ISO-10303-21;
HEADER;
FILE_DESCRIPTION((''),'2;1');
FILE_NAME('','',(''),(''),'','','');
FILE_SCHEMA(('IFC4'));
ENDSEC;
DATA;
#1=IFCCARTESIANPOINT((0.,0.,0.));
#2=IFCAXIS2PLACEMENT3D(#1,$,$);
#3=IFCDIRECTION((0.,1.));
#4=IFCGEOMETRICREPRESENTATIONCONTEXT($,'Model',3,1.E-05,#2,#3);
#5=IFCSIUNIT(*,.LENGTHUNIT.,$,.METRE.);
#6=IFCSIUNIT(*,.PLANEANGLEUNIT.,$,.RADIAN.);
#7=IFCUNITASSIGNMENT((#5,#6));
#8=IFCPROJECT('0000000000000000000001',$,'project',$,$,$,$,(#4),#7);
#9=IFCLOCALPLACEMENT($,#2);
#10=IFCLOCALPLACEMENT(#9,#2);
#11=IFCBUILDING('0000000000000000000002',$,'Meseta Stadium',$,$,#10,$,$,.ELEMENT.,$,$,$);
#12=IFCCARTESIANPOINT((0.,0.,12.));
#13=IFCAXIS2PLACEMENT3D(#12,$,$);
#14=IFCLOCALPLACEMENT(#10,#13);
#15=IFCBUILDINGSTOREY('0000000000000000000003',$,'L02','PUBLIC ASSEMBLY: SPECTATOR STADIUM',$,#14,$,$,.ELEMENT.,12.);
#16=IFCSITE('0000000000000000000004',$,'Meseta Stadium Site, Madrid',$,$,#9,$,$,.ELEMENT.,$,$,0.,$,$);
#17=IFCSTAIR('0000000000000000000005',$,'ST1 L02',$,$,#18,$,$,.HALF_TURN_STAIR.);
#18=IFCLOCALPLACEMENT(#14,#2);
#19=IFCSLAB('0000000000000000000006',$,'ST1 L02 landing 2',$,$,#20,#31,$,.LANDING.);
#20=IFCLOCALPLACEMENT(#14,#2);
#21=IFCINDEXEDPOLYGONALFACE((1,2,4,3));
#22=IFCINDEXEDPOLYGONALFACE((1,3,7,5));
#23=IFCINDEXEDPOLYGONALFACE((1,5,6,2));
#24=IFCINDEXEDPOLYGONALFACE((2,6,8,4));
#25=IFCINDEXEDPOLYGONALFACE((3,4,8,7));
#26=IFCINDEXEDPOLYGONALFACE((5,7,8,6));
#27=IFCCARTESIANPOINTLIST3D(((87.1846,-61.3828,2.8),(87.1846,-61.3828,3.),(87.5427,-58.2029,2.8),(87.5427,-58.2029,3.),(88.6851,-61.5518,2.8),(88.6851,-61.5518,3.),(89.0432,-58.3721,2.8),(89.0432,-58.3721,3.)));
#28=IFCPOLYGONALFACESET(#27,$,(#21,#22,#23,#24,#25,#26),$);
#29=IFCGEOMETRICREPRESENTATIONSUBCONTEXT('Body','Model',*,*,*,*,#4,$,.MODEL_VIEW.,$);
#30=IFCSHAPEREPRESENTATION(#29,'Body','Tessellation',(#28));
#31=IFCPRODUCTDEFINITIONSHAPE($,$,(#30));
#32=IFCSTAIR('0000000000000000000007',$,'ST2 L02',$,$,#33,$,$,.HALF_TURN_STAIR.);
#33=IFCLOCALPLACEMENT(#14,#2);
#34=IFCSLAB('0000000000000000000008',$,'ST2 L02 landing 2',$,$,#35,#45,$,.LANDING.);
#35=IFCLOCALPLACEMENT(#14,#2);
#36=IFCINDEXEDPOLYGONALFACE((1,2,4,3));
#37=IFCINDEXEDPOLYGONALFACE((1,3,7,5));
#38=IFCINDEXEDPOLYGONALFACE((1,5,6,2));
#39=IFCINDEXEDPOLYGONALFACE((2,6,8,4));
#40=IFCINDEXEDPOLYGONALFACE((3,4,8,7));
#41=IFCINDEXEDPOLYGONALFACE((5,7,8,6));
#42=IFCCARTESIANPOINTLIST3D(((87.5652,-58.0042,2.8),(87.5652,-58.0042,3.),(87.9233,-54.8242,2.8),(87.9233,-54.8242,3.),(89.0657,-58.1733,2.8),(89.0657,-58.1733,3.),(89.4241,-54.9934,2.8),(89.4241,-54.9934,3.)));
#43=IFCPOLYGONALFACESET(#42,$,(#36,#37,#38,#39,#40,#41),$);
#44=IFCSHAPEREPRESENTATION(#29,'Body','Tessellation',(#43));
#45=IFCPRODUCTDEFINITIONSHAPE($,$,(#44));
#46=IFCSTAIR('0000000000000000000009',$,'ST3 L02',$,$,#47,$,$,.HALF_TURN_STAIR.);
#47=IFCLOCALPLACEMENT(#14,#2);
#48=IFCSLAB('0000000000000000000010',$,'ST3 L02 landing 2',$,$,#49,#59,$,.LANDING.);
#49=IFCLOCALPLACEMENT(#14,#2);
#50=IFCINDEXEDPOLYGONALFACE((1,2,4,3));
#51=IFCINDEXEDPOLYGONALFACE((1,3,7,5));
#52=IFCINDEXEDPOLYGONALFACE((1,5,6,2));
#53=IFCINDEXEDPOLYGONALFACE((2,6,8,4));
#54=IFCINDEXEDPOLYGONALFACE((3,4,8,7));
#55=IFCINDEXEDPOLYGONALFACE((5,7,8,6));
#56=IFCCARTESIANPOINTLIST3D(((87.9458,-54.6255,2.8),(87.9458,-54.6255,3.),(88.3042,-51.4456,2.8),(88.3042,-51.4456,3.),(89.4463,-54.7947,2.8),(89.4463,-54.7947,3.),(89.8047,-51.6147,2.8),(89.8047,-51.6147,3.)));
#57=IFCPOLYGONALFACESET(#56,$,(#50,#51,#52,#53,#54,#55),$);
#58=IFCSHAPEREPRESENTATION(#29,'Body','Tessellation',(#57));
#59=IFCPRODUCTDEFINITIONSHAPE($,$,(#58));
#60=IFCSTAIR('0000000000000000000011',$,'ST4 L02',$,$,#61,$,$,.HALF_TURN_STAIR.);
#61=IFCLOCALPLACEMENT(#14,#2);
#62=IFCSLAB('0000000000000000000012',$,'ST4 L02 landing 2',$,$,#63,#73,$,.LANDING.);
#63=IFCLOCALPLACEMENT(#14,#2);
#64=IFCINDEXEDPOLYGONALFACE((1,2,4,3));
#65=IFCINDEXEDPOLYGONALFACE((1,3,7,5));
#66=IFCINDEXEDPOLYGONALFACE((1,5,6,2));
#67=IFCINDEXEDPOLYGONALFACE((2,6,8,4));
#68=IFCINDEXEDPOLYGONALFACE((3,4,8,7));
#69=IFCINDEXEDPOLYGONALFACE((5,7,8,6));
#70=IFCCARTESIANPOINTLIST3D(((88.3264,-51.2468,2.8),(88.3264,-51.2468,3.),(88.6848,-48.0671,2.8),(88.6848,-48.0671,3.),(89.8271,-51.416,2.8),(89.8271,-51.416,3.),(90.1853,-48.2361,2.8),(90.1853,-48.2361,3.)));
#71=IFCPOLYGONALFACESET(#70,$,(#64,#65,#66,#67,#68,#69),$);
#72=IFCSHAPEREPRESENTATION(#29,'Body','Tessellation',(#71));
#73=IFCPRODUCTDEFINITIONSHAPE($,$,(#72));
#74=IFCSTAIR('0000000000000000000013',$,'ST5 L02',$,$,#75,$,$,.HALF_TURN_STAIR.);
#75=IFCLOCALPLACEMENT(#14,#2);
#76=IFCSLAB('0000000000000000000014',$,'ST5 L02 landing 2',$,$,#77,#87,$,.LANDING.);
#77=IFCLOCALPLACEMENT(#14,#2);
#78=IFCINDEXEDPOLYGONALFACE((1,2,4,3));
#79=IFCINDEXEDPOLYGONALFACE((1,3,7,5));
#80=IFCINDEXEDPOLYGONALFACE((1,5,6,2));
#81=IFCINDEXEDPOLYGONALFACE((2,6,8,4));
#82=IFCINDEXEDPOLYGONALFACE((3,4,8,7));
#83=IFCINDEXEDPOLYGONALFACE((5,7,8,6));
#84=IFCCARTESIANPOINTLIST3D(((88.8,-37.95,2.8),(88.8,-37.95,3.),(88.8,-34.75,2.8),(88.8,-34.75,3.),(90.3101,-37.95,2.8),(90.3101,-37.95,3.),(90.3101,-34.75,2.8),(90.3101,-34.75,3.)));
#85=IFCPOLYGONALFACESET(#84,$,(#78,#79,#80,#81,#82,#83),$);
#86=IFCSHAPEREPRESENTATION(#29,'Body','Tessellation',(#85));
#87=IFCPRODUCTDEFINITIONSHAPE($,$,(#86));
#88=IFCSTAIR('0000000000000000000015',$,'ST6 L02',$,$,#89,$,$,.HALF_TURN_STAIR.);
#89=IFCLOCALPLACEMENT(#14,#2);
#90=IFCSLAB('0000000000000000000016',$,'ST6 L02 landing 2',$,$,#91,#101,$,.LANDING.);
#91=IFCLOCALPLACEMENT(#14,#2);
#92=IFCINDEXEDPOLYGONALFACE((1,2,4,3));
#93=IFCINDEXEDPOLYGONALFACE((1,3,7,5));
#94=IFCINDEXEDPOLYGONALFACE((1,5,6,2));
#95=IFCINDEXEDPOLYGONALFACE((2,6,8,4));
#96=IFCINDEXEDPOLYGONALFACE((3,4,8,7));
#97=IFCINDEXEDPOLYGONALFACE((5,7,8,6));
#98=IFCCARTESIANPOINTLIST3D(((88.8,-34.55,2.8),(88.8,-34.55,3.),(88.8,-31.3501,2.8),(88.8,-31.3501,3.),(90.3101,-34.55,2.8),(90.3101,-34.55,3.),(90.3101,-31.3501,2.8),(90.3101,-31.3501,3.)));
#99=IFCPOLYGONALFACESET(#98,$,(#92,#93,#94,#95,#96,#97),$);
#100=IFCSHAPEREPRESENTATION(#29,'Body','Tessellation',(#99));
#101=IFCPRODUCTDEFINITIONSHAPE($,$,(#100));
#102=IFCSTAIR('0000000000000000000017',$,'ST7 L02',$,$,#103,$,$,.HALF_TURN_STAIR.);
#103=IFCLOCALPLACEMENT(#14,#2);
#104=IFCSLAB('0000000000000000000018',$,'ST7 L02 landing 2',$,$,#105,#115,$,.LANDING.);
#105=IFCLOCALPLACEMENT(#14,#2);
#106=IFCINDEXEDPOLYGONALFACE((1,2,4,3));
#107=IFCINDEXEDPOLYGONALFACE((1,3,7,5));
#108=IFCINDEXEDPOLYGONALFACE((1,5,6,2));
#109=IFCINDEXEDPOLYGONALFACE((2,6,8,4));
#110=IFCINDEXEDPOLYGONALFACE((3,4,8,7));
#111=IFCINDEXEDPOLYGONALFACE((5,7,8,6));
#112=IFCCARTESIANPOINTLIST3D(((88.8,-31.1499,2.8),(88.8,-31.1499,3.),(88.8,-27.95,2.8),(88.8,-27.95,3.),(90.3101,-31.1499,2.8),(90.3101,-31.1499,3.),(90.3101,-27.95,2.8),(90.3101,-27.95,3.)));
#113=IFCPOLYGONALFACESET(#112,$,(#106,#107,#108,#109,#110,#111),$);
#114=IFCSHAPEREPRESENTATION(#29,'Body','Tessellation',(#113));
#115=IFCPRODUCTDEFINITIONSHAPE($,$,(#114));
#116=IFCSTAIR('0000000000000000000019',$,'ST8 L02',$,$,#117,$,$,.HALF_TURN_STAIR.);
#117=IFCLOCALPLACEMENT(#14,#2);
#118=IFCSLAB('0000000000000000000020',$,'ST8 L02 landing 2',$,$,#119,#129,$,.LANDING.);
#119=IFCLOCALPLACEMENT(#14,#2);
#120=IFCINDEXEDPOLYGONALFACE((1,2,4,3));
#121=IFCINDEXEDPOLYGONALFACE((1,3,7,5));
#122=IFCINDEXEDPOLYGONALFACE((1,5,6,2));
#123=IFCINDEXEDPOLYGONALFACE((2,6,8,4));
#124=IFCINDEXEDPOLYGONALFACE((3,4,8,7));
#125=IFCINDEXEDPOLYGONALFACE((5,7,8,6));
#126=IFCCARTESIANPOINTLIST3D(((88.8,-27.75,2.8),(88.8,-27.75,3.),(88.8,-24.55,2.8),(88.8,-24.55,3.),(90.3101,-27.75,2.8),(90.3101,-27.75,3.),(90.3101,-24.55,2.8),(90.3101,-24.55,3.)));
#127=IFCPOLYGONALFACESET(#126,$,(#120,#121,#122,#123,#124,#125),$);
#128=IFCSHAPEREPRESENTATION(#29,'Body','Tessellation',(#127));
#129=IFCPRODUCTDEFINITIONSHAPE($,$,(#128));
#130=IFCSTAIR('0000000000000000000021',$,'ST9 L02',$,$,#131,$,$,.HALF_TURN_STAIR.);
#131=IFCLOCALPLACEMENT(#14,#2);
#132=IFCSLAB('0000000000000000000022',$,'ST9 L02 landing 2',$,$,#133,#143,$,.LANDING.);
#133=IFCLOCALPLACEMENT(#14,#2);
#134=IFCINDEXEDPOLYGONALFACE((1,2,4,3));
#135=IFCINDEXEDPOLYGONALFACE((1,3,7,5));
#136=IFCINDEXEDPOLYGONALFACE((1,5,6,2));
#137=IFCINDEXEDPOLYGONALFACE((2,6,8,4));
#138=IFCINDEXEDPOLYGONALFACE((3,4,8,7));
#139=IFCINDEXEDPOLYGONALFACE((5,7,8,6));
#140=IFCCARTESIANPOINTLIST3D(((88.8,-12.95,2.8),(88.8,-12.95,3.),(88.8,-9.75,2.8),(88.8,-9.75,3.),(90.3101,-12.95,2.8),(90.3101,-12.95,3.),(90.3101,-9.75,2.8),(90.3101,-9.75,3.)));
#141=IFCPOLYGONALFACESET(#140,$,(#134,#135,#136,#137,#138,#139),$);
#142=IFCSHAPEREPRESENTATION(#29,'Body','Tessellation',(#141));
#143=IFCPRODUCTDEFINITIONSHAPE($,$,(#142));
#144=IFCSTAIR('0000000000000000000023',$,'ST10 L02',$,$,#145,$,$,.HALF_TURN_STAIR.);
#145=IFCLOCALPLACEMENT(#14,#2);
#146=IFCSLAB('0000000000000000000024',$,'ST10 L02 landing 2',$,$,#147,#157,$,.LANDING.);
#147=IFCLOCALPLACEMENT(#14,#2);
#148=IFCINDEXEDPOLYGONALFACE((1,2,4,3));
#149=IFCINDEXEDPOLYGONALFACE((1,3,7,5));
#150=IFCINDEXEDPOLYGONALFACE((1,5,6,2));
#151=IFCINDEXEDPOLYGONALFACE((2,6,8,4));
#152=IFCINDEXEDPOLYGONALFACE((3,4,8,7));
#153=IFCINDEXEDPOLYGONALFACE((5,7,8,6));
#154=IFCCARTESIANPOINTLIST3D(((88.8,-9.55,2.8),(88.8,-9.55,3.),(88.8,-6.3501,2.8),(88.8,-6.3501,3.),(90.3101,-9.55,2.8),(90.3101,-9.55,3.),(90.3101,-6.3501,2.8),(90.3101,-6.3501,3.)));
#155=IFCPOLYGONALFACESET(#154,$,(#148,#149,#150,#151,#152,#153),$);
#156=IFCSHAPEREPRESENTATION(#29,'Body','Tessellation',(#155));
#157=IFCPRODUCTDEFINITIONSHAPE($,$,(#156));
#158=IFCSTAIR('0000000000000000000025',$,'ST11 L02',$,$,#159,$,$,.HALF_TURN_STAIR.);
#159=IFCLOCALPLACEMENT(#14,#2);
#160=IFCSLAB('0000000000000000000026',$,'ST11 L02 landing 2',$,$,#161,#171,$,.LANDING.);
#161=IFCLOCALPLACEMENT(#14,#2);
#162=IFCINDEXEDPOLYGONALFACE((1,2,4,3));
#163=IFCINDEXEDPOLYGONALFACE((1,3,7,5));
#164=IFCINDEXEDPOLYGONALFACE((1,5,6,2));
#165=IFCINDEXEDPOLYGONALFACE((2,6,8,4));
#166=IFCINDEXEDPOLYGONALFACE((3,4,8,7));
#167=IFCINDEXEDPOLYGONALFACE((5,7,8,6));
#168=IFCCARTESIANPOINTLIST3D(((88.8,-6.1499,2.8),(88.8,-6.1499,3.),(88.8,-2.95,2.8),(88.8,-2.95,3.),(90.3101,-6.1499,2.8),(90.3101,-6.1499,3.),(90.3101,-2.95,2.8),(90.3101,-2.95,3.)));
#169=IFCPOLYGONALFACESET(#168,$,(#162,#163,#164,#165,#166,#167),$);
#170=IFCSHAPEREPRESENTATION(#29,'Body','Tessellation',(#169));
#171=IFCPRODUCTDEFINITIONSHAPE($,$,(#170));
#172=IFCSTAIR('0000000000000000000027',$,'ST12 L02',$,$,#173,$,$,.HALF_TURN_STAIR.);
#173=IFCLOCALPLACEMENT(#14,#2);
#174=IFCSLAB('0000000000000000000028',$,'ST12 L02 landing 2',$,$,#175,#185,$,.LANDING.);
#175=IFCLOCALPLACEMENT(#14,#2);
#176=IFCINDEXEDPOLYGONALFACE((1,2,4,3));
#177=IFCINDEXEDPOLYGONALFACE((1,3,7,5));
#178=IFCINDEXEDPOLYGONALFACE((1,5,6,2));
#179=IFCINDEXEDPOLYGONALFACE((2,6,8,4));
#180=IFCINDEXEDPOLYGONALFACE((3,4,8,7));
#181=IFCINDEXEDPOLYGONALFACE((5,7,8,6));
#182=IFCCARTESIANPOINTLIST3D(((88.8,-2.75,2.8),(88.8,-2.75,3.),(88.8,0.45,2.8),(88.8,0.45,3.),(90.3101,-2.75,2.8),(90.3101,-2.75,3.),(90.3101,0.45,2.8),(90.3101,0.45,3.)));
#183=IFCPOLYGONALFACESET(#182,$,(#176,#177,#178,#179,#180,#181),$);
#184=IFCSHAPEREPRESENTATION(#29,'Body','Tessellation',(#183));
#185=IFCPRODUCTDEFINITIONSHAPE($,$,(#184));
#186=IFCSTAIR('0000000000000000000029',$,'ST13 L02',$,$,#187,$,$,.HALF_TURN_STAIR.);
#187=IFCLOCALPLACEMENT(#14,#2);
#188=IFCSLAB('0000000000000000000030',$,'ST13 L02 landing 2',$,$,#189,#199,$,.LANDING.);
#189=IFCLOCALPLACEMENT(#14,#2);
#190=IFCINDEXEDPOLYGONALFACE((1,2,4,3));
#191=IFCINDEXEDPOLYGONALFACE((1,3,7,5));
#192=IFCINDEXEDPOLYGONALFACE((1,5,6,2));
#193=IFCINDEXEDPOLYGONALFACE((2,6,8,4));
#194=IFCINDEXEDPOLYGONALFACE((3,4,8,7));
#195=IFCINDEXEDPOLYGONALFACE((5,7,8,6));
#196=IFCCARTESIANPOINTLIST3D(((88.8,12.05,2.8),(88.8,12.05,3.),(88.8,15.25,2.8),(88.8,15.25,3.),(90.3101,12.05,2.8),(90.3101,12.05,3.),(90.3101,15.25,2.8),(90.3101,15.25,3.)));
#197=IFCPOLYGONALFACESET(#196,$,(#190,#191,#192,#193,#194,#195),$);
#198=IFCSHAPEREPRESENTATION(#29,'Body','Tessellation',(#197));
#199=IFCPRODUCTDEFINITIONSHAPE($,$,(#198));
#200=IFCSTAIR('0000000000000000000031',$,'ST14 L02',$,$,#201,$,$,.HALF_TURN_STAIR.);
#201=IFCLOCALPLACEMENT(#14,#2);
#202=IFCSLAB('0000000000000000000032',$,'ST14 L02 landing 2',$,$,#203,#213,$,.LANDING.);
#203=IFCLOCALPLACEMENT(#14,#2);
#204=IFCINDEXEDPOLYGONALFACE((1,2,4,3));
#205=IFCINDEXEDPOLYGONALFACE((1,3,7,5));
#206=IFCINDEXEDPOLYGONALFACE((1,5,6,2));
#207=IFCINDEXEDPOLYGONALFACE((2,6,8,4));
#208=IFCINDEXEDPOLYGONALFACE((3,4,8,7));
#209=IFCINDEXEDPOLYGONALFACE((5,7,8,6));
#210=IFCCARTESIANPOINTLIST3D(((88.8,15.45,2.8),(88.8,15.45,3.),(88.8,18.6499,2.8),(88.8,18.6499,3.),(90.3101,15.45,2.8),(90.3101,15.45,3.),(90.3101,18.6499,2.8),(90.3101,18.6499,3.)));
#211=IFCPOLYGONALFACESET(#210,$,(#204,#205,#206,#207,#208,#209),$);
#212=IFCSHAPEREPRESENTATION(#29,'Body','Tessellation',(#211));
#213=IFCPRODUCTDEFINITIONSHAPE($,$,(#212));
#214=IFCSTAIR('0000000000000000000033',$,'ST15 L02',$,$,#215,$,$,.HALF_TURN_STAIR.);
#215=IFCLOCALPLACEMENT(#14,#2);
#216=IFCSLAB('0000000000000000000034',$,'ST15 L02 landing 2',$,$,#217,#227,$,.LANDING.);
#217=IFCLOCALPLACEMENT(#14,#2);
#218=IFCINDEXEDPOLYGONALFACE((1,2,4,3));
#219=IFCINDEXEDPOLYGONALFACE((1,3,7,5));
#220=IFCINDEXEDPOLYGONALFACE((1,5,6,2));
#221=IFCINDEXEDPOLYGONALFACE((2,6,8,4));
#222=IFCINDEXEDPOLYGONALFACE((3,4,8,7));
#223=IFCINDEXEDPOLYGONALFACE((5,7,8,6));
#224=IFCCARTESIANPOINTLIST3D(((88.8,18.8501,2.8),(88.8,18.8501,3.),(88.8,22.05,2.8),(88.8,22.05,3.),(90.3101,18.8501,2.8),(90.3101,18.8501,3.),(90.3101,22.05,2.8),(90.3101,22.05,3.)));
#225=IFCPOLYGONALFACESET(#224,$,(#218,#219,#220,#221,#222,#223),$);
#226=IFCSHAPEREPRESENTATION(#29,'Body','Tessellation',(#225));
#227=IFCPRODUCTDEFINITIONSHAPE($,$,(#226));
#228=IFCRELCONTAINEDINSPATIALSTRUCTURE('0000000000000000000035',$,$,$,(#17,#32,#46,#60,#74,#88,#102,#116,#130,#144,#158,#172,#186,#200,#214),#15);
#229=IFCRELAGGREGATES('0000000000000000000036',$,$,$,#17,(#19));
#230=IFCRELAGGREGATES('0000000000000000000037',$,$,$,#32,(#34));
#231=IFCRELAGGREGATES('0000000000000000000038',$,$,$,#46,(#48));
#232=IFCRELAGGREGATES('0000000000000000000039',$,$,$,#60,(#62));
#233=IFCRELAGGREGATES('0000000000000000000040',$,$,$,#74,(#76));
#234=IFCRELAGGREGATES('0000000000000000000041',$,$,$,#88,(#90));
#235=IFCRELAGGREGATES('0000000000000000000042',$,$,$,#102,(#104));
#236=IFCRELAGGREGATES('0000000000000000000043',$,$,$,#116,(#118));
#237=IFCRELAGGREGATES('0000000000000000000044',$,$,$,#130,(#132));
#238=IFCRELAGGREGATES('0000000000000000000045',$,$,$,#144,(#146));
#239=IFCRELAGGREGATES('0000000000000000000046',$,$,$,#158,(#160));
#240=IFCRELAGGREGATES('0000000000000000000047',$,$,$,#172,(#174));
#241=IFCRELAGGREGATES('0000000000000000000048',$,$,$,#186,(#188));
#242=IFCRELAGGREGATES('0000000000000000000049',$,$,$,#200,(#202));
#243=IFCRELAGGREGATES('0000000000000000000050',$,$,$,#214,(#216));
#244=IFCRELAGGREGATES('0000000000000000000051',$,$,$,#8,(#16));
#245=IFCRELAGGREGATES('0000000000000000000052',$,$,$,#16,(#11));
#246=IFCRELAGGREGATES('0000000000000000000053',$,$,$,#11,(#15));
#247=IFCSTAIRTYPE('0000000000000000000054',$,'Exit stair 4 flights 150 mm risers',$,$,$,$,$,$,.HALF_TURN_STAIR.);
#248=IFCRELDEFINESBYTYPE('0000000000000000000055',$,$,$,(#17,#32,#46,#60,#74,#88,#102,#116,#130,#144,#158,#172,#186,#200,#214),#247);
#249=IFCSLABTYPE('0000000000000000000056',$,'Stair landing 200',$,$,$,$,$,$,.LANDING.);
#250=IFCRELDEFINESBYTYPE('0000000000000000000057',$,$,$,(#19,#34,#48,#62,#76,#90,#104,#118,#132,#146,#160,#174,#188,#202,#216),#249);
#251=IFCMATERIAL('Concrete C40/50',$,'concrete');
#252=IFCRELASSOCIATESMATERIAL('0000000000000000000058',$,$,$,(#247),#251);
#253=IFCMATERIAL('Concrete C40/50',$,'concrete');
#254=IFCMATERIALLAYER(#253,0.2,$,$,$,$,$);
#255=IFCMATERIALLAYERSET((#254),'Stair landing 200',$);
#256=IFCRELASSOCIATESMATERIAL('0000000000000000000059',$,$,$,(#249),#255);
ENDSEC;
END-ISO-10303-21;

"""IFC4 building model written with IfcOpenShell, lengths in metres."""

from ifc_helpers import new_model, si_unit, direction, frame, origin, place, context, subcontext, project, spatial, polyline, outline, extrude, material, layer, layer_set, type_object, element, aggregate, save


model = new_model("IFC4")

# Units and contexts
model_context = context("Model", 3, precision=1e-05, world=origin(), true_north=direction((0.0, 1.0)))
body_context = subcontext(model_context, "Body", "Model", "MODEL_VIEW")
ifc_project = project(units=[si_unit("LENGTHUNIT", "METRE"), si_unit("PLANEANGLEUNIT", "RADIAN")], contexts=[model_context])

# Site, building, storey
site_placement = place(None, origin())
site = spatial("IfcSite", under=ifc_project, at=site_placement, Name="Meseta Stadium Site, Madrid", CompositionType="ELEMENT", RefElevation=0.0)
building_placement = place(site_placement, origin())
building = spatial("IfcBuilding", under=site, at=building_placement, Name="Meseta Stadium", CompositionType="ELEMENT")
storey_placement = place(building_placement, frame((0.0, 0.0, 12.0)))
storey = spatial("IfcBuildingStorey", under=building, at=storey_placement, Name="L02", Description="PUBLIC ASSEMBLY: SPECTATOR STADIUM", CompositionType="ELEMENT", Elevation=12.0)

# Stairs, slabs
ifc_material_1 = material(Name="Concrete C40/50", Category="concrete")
stair_type = type_object("IfcStairType", Name="Exit stair 4 flights 150 mm risers", PredefinedType="HALF_TURN_STAIR", material=ifc_material_1)
stair_1_placement = place(storey_placement, origin())
stair_1 = element("IfcStair", 1, at=stair_1_placement, inside=storey, type_object=stair_type, Name="ST1 L02", PredefinedType="HALF_TURN_STAIR")
ifc_material_2 = material(Name="Concrete C40/50", Category="concrete")
ifc_layer = layer(ifc_material_2, 0.2)
ifc_layer_set = layer_set([ifc_layer], Name="Stair landing 200")
slab_type = type_object("IfcSlabType", Name="Stair landing 200", PredefinedType="LANDING", material=ifc_layer_set)
slab_1_placement = place(storey_placement, frame((0.0, 0.0, 2.8)))
slab_1 = element("IfcSlab", 2, at=slab_1_placement, type_object=slab_type, Name="ST1 L02 landing 2", PredefinedType="LANDING", context=body_context, shape_type="SweptSolid", body=[
    extrude(outline(polyline([(87.1846, -61.3828), (88.6851, -61.5518), (89.0432, -58.3721), (87.5427, -58.2029), (87.1846, -61.3828)])), origin(), (0.0, 0.0, 1.0), 0.2),
])
aggregate(stair_1, [slab_1])
stair_2_placement = place(storey_placement, origin())
stair_2 = element("IfcStair", 3, at=stair_2_placement, inside=storey, type_object=stair_type, Name="ST2 L02", PredefinedType="HALF_TURN_STAIR")
slab_2_placement = place(storey_placement, frame((0.0, 0.0, 2.8)))
slab_2 = element("IfcSlab", 4, at=slab_2_placement, type_object=slab_type, Name="ST2 L02 landing 2", PredefinedType="LANDING", context=body_context, shape_type="SweptSolid", body=[
    extrude(outline(polyline([(87.5652, -58.0042), (89.0657, -58.1733), (89.4241, -54.9934), (87.9233, -54.8242), (87.5652, -58.0042)])), origin(), (0.0, 0.0, 1.0), 0.2),
])
aggregate(stair_2, [slab_2])
stair_3_placement = place(storey_placement, origin())
stair_3 = element("IfcStair", 5, at=stair_3_placement, inside=storey, type_object=stair_type, Name="ST3 L02", PredefinedType="HALF_TURN_STAIR")
slab_3_placement = place(storey_placement, frame((0.0, 0.0, 2.8)))
slab_3 = element("IfcSlab", 6, at=slab_3_placement, type_object=slab_type, Name="ST3 L02 landing 2", PredefinedType="LANDING", context=body_context, shape_type="SweptSolid", body=[
    extrude(outline(polyline([(87.9458, -54.6255), (89.4463, -54.7947), (89.8047, -51.6147), (88.3042, -51.4456), (87.9458, -54.6255)])), origin(), (0.0, 0.0, 1.0), 0.2),
])
aggregate(stair_3, [slab_3])
stair_4_placement = place(storey_placement, origin())
stair_4 = element("IfcStair", 7, at=stair_4_placement, inside=storey, type_object=stair_type, Name="ST4 L02", PredefinedType="HALF_TURN_STAIR")
slab_4_placement = place(storey_placement, frame((0.0, 0.0, 2.8)))
slab_4 = element("IfcSlab", 8, at=slab_4_placement, type_object=slab_type, Name="ST4 L02 landing 2", PredefinedType="LANDING", context=body_context, shape_type="SweptSolid", body=[
    extrude(outline(polyline([(88.3264, -51.2468), (89.8271, -51.416), (90.1853, -48.2361), (88.6848, -48.0671), (88.3264, -51.2468)])), origin(), (0.0, 0.0, 1.0), 0.2),
])
aggregate(stair_4, [slab_4])
stair_5_placement = place(storey_placement, origin())
stair_5 = element("IfcStair", 9, at=stair_5_placement, inside=storey, type_object=stair_type, Name="ST5 L02", PredefinedType="HALF_TURN_STAIR")
slab_5_placement = place(storey_placement, frame((0.0, 0.0, 2.8)))
slab_5 = element("IfcSlab", 10, at=slab_5_placement, type_object=slab_type, Name="ST5 L02 landing 2", PredefinedType="LANDING", context=body_context, shape_type="SweptSolid", body=[
    extrude(outline(polyline([(88.8, -37.95), (90.3101, -37.95), (90.3101, -34.75), (88.8, -34.75), (88.8, -37.95)])), origin(), (0.0, 0.0, 1.0), 0.2),
])
aggregate(stair_5, [slab_5])
stair_6_placement = place(storey_placement, origin())
stair_6 = element("IfcStair", 11, at=stair_6_placement, inside=storey, type_object=stair_type, Name="ST6 L02", PredefinedType="HALF_TURN_STAIR")
slab_6_placement = place(storey_placement, frame((0.0, 0.0, 2.8)))
slab_6 = element("IfcSlab", 12, at=slab_6_placement, type_object=slab_type, Name="ST6 L02 landing 2", PredefinedType="LANDING", context=body_context, shape_type="SweptSolid", body=[
    extrude(outline(polyline([(88.8, -34.55), (90.3101, -34.55), (90.3101, -31.3501), (88.8, -31.3501), (88.8, -34.55)])), origin(), (0.0, 0.0, 1.0), 0.2),
])
aggregate(stair_6, [slab_6])
stair_7_placement = place(storey_placement, origin())
stair_7 = element("IfcStair", 13, at=stair_7_placement, inside=storey, type_object=stair_type, Name="ST7 L02", PredefinedType="HALF_TURN_STAIR")
slab_7_placement = place(storey_placement, frame((0.0, 0.0, 2.8)))
slab_7 = element("IfcSlab", 14, at=slab_7_placement, type_object=slab_type, Name="ST7 L02 landing 2", PredefinedType="LANDING", context=body_context, shape_type="SweptSolid", body=[
    extrude(outline(polyline([(88.8, -31.1499), (90.3101, -31.1499), (90.3101, -27.95), (88.8, -27.95), (88.8, -31.1499)])), origin(), (0.0, 0.0, 1.0), 0.2),
])
aggregate(stair_7, [slab_7])
stair_8_placement = place(storey_placement, origin())
stair_8 = element("IfcStair", 15, at=stair_8_placement, inside=storey, type_object=stair_type, Name="ST8 L02", PredefinedType="HALF_TURN_STAIR")
slab_8_placement = place(storey_placement, frame((0.0, 0.0, 2.8)))
slab_8 = element("IfcSlab", 16, at=slab_8_placement, type_object=slab_type, Name="ST8 L02 landing 2", PredefinedType="LANDING", context=body_context, shape_type="SweptSolid", body=[
    extrude(outline(polyline([(88.8, -27.75), (90.3101, -27.75), (90.3101, -24.55), (88.8, -24.55), (88.8, -27.75)])), origin(), (0.0, 0.0, 1.0), 0.2),
])
aggregate(stair_8, [slab_8])
stair_9_placement = place(storey_placement, origin())
stair_9 = element("IfcStair", 17, at=stair_9_placement, inside=storey, type_object=stair_type, Name="ST9 L02", PredefinedType="HALF_TURN_STAIR")
slab_9_placement = place(storey_placement, frame((0.0, 0.0, 2.8)))
slab_9 = element("IfcSlab", 18, at=slab_9_placement, type_object=slab_type, Name="ST9 L02 landing 2", PredefinedType="LANDING", context=body_context, shape_type="SweptSolid", body=[
    extrude(outline(polyline([(88.8, -12.95), (90.3101, -12.95), (90.3101, -9.75), (88.8, -9.75), (88.8, -12.95)])), origin(), (0.0, 0.0, 1.0), 0.2),
])
aggregate(stair_9, [slab_9])
stair_10_placement = place(storey_placement, origin())
stair_10 = element("IfcStair", 19, at=stair_10_placement, inside=storey, type_object=stair_type, Name="ST10 L02", PredefinedType="HALF_TURN_STAIR")
slab_10_placement = place(storey_placement, frame((0.0, 0.0, 2.8)))
slab_10 = element("IfcSlab", 20, at=slab_10_placement, type_object=slab_type, Name="ST10 L02 landing 2", PredefinedType="LANDING", context=body_context, shape_type="SweptSolid", body=[
    extrude(outline(polyline([(88.8, -9.55), (90.3101, -9.55), (90.3101, -6.3501), (88.8, -6.3501), (88.8, -9.55)])), origin(), (0.0, 0.0, 1.0), 0.2),
])
aggregate(stair_10, [slab_10])
stair_11_placement = place(storey_placement, origin())
stair_11 = element("IfcStair", 21, at=stair_11_placement, inside=storey, type_object=stair_type, Name="ST11 L02", PredefinedType="HALF_TURN_STAIR")
slab_11_placement = place(storey_placement, frame((0.0, 0.0, 2.8)))
slab_11 = element("IfcSlab", 22, at=slab_11_placement, type_object=slab_type, Name="ST11 L02 landing 2", PredefinedType="LANDING", context=body_context, shape_type="SweptSolid", body=[
    extrude(outline(polyline([(88.8, -6.1499), (90.3101, -6.1499), (90.3101, -2.95), (88.8, -2.95), (88.8, -6.1499)])), origin(), (0.0, 0.0, 1.0), 0.2),
])
aggregate(stair_11, [slab_11])
stair_12_placement = place(storey_placement, origin())
stair_12 = element("IfcStair", 23, at=stair_12_placement, inside=storey, type_object=stair_type, Name="ST12 L02", PredefinedType="HALF_TURN_STAIR")
slab_12_placement = place(storey_placement, frame((0.0, 0.0, 2.8)))
slab_12 = element("IfcSlab", 24, at=slab_12_placement, type_object=slab_type, Name="ST12 L02 landing 2", PredefinedType="LANDING", context=body_context, shape_type="SweptSolid", body=[
    extrude(outline(polyline([(88.8, -2.75), (90.3101, -2.75), (90.3101, 0.45), (88.8, 0.45), (88.8, -2.75)])), origin(), (0.0, 0.0, 1.0), 0.2),
])
aggregate(stair_12, [slab_12])
stair_13_placement = place(storey_placement, origin())
stair_13 = element("IfcStair", 25, at=stair_13_placement, inside=storey, type_object=stair_type, Name="ST13 L02", PredefinedType="HALF_TURN_STAIR")
slab_13_placement = place(storey_placement, frame((0.0, 0.0, 2.8)))
slab_13 = element("IfcSlab", 26, at=slab_13_placement, type_object=slab_type, Name="ST13 L02 landing 2", PredefinedType="LANDING", context=body_context, shape_type="SweptSolid", body=[
    extrude(outline(polyline([(88.8, 12.05), (90.3101, 12.05), (90.3101, 15.25), (88.8, 15.25), (88.8, 12.05)])), origin(), (0.0, 0.0, 1.0), 0.2),
])
aggregate(stair_13, [slab_13])
stair_14_placement = place(storey_placement, origin())
stair_14 = element("IfcStair", 27, at=stair_14_placement, inside=storey, type_object=stair_type, Name="ST14 L02", PredefinedType="HALF_TURN_STAIR")
slab_14_placement = place(storey_placement, frame((0.0, 0.0, 2.8)))
slab_14 = element("IfcSlab", 28, at=slab_14_placement, type_object=slab_type, Name="ST14 L02 landing 2", PredefinedType="LANDING", context=body_context, shape_type="SweptSolid", body=[
    extrude(outline(polyline([(88.8, 15.45), (90.3101, 15.45), (90.3101, 18.6499), (88.8, 18.6499), (88.8, 15.45)])), origin(), (0.0, 0.0, 1.0), 0.2),
])
aggregate(stair_14, [slab_14])
stair_15_placement = place(storey_placement, origin())
stair_15 = element("IfcStair", 29, at=stair_15_placement, inside=storey, type_object=stair_type, Name="ST15 L02", PredefinedType="HALF_TURN_STAIR")
slab_15_placement = place(storey_placement, frame((0.0, 0.0, 2.8)))
slab_15 = element("IfcSlab", 30, at=slab_15_placement, type_object=slab_type, Name="ST15 L02 landing 2", PredefinedType="LANDING", context=body_context, shape_type="SweptSolid", body=[
    extrude(outline(polyline([(88.8, 18.8501), (90.3101, 18.8501), (90.3101, 22.05), (88.8, 22.05), (88.8, 18.8501)])), origin(), (0.0, 0.0, 1.0), 0.2),
])
aggregate(stair_15, [slab_15])

save(model, "model.ifc")
